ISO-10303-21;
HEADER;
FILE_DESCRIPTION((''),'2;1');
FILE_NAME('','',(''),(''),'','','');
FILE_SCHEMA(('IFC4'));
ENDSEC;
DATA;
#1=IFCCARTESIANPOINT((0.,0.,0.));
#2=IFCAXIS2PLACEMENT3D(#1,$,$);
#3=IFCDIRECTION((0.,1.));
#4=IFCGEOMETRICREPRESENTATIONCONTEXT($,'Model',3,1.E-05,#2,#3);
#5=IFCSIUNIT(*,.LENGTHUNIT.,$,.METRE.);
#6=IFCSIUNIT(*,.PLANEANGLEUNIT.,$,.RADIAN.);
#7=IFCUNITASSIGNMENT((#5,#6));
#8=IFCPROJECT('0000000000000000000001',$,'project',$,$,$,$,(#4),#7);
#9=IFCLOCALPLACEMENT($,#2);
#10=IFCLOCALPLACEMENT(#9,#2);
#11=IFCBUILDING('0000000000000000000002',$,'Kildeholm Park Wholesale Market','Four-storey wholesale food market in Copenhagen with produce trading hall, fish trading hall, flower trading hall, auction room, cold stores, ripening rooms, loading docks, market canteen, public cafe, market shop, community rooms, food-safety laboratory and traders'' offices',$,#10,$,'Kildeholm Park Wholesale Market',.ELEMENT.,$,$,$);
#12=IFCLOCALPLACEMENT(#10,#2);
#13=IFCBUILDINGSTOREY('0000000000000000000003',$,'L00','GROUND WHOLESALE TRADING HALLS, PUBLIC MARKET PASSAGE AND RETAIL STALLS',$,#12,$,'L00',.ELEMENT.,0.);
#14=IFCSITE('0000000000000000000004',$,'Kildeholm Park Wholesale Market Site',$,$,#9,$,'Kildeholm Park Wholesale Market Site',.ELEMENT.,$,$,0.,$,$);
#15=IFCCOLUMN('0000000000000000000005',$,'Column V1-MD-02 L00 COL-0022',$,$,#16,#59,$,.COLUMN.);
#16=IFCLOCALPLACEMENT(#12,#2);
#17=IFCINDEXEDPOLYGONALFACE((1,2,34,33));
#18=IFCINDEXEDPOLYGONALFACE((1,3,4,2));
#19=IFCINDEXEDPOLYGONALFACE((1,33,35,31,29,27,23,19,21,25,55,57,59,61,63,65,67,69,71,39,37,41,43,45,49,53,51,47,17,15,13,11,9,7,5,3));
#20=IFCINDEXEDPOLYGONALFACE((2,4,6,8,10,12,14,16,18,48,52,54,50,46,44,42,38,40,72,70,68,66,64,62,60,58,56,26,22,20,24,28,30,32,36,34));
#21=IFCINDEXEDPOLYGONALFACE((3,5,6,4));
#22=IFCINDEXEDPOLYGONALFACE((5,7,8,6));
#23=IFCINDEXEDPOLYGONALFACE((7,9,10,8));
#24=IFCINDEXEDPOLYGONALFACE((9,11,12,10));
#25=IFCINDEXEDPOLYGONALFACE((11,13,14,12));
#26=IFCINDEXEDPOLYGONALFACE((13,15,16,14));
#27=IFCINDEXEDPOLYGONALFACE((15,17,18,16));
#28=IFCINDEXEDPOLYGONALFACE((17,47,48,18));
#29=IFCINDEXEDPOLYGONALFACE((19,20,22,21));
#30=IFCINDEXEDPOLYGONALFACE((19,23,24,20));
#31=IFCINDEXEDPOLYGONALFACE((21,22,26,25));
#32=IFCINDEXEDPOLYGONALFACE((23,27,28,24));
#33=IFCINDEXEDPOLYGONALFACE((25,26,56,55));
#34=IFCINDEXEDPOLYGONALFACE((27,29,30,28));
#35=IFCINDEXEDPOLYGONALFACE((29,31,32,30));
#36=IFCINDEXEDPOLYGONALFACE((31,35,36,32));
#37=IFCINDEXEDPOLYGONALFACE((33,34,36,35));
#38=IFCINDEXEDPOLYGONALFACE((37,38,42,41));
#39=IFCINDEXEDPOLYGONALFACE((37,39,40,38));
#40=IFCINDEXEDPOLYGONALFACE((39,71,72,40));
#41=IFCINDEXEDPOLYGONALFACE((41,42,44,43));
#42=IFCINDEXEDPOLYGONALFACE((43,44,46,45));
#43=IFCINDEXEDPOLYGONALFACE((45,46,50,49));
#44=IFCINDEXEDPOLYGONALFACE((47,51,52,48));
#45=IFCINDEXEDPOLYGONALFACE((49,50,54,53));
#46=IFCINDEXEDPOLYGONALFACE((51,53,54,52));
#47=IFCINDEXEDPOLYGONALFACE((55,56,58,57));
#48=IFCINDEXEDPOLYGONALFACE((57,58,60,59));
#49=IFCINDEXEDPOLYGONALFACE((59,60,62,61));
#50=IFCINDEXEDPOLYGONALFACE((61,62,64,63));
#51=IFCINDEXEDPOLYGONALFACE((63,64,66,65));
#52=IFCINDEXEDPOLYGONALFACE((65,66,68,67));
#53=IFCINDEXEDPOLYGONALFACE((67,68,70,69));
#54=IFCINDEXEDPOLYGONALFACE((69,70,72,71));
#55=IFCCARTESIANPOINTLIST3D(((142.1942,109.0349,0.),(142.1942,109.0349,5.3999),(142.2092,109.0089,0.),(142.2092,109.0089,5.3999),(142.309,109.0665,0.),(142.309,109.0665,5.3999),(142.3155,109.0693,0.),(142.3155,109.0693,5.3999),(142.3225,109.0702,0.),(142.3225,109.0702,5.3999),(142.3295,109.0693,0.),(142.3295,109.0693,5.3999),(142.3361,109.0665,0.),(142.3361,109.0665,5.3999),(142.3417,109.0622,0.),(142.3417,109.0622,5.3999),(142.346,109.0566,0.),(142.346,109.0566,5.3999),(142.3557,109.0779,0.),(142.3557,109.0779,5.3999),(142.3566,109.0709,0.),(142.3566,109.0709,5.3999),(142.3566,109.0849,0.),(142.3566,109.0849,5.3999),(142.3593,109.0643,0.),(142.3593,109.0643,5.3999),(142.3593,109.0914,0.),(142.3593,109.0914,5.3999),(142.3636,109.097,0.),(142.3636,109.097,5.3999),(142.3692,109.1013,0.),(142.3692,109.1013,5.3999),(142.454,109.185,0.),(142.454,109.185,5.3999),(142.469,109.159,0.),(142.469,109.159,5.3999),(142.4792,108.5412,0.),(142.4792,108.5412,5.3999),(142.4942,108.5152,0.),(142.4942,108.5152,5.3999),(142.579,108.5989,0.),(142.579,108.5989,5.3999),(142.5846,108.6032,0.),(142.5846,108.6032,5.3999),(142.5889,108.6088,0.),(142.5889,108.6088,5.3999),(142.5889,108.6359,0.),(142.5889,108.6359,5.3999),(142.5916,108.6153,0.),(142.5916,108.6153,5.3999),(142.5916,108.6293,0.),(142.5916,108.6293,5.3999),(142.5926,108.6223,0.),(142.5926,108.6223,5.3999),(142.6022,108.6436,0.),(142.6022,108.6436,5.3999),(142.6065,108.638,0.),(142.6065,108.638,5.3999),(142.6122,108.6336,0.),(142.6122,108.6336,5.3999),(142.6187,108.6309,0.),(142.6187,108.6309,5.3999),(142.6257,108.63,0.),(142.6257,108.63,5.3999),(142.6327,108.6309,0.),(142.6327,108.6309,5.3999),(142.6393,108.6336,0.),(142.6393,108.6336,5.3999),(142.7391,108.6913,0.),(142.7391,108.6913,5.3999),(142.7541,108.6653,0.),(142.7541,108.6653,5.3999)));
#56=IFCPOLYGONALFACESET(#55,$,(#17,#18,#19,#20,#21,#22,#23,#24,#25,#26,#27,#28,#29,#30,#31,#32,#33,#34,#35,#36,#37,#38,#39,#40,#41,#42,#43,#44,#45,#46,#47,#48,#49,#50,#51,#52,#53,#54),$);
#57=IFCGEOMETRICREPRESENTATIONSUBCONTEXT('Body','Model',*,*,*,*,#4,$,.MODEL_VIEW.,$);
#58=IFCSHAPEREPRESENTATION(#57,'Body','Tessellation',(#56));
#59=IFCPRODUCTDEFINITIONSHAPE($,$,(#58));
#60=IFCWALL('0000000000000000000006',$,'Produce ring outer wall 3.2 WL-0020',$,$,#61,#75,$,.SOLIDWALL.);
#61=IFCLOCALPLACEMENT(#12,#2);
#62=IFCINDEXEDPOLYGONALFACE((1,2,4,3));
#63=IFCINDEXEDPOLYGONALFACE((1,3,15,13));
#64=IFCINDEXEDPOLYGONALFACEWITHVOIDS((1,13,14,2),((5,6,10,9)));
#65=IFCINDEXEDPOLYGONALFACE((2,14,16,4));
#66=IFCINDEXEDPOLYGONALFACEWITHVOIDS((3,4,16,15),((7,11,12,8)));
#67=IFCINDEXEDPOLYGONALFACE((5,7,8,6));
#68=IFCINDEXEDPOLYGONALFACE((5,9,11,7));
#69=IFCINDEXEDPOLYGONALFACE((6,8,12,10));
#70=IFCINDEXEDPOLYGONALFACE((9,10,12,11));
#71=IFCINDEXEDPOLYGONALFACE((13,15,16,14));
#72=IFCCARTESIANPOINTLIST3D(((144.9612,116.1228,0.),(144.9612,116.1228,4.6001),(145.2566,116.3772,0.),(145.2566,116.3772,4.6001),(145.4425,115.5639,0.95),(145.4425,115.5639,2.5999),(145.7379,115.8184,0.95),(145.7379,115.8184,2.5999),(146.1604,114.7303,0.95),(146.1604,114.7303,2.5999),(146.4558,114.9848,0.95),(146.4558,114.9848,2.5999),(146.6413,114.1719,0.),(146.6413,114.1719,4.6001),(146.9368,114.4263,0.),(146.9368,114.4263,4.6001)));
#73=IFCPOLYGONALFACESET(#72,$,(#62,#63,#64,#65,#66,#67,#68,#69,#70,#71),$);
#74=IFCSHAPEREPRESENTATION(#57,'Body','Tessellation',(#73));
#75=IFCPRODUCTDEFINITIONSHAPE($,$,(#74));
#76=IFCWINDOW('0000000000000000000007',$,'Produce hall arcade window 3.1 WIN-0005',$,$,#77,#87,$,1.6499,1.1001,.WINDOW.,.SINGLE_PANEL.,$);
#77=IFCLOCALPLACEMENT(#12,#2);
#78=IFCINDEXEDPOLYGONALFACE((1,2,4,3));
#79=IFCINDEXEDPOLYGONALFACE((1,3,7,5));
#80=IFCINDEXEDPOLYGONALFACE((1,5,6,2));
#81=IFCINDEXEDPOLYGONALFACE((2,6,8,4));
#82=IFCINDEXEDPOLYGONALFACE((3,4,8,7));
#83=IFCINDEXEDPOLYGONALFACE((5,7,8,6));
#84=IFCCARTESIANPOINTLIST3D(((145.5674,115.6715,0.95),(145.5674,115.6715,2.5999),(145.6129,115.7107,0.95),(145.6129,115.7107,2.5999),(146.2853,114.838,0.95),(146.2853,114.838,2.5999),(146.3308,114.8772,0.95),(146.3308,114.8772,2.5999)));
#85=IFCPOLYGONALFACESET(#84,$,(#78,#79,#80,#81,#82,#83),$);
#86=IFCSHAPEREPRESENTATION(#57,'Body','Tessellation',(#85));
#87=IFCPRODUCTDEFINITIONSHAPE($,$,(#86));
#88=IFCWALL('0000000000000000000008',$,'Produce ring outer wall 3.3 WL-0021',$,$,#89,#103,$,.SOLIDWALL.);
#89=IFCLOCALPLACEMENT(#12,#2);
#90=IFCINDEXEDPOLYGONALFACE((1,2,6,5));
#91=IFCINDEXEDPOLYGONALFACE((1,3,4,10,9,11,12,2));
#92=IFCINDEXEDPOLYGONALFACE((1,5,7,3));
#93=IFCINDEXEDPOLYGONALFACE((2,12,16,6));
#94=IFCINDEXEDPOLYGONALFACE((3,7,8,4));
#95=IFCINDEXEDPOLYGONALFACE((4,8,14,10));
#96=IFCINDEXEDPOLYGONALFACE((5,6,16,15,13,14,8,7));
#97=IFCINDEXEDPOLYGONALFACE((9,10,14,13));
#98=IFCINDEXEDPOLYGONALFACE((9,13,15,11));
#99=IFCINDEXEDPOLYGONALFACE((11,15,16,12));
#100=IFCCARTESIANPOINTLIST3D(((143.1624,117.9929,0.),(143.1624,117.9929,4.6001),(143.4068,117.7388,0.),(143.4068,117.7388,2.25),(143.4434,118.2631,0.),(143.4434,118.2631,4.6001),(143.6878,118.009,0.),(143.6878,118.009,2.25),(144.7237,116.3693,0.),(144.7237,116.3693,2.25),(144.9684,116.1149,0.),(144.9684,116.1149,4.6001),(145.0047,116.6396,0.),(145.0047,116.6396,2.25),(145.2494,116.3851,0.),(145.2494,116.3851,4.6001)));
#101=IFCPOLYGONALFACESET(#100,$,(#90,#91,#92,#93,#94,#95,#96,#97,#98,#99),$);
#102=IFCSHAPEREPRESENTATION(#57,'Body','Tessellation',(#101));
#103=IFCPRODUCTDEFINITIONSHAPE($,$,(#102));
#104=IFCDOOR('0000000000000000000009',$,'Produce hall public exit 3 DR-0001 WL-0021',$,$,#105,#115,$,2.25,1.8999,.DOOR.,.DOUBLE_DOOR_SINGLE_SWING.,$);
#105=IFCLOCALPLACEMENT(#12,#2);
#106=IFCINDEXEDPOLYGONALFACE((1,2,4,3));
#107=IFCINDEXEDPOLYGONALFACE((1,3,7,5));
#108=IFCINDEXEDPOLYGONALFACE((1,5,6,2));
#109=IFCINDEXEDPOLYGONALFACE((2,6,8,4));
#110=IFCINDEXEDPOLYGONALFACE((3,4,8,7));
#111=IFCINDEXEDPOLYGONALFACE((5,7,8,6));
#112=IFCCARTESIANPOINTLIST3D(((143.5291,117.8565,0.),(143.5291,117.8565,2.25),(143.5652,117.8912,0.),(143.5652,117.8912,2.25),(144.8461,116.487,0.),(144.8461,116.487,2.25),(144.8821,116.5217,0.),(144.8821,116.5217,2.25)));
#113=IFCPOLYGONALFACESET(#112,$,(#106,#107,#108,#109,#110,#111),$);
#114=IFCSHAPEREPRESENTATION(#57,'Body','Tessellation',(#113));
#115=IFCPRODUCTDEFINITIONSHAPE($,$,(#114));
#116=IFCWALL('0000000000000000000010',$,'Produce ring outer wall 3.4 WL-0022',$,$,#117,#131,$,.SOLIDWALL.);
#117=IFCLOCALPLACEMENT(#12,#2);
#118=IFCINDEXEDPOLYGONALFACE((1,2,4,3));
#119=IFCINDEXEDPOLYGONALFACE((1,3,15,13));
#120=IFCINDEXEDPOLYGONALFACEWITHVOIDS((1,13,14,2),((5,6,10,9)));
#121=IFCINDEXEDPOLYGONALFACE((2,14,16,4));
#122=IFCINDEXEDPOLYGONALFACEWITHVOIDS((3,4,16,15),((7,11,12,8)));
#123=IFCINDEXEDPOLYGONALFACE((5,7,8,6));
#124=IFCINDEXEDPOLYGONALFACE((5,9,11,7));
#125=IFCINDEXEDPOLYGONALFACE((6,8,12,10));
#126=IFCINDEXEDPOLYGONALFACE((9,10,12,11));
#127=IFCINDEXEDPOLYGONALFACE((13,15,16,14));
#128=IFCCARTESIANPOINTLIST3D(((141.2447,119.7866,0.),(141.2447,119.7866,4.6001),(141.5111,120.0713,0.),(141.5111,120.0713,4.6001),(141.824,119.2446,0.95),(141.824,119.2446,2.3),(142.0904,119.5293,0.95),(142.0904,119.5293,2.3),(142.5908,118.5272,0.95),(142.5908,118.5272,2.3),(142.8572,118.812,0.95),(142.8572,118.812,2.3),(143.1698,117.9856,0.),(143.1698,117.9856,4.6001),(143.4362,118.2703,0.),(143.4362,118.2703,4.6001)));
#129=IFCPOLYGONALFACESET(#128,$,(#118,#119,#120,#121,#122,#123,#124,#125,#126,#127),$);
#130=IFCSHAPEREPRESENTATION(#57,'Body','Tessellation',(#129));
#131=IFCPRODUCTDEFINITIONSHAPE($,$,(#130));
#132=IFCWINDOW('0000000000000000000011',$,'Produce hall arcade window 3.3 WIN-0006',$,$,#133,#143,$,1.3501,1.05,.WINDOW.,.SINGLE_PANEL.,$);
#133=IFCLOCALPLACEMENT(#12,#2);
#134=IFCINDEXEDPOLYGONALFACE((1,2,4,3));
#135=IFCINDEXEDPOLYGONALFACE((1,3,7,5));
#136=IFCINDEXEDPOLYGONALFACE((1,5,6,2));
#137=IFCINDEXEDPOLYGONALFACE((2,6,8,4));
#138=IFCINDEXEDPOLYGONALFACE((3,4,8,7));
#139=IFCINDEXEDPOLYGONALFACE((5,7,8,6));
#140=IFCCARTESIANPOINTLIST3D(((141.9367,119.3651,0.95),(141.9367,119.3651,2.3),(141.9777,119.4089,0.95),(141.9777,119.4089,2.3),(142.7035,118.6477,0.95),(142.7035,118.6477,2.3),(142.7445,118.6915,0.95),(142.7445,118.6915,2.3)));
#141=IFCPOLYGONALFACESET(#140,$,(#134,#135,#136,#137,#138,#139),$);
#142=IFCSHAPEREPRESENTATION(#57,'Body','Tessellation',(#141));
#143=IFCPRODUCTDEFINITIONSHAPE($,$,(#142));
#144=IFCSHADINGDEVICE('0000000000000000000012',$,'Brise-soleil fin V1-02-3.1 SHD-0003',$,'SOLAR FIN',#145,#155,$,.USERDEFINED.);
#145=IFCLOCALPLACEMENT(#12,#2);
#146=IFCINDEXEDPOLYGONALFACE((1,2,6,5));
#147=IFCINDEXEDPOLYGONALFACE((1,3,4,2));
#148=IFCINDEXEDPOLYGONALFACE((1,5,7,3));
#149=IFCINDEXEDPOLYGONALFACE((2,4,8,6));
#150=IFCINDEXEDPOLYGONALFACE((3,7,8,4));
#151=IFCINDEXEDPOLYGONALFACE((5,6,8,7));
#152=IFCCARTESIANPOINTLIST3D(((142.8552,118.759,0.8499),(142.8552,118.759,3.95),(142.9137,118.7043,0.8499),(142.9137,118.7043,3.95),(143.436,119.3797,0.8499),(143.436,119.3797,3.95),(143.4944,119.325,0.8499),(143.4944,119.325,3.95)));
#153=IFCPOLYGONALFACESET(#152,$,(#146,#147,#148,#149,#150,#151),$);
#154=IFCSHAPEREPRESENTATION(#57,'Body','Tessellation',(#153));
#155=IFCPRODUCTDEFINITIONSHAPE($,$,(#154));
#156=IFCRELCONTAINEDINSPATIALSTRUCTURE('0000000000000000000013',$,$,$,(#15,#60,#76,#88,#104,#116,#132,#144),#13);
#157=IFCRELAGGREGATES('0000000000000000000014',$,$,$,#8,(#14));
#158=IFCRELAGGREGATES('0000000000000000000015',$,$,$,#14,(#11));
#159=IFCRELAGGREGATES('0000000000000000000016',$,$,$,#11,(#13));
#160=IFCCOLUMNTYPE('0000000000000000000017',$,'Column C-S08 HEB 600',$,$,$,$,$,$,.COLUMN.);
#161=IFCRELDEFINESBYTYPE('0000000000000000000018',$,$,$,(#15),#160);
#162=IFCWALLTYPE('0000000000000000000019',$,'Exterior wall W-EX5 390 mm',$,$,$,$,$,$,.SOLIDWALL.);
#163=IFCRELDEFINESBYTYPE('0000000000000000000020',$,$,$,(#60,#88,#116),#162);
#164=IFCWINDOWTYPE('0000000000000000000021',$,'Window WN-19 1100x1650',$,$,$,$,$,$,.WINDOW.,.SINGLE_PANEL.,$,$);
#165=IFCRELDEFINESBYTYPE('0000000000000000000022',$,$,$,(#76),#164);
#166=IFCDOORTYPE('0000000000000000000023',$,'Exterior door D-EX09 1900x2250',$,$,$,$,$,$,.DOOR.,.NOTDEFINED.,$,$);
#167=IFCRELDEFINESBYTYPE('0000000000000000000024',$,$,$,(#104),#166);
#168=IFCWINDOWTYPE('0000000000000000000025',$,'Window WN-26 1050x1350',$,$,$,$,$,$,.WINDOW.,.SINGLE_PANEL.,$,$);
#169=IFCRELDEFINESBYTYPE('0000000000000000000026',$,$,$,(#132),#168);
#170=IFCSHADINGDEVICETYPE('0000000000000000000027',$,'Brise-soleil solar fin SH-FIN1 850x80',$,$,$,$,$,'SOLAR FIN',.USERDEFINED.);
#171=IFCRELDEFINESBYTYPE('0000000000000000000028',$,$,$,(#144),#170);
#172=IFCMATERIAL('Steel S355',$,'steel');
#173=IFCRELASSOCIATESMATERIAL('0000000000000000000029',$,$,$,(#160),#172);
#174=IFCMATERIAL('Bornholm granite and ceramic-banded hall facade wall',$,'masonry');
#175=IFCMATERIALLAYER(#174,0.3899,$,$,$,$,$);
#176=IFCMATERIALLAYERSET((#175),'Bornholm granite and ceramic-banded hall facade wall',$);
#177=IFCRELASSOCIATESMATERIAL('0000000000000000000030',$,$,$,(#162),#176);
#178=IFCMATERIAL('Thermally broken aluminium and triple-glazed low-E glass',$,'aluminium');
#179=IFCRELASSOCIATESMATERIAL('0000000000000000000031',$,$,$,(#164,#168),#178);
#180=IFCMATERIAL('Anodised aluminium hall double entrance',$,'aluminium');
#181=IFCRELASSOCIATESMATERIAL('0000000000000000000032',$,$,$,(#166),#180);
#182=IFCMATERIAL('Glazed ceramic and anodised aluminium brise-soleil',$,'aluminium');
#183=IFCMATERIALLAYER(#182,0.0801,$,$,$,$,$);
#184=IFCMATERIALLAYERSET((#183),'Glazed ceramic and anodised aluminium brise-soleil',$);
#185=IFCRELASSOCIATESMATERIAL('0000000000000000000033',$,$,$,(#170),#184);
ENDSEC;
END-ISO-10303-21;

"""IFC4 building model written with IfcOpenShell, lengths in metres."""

from ifc_helpers import new_model, si_unit, direction, frame, frame_2d, origin, origin_2d, place, context, subcontext, project, spatial, rectangle, i_section, extrude, material, layer, layer_set, material_profile, profile_set, type_object, element, fill, save


model = new_model("IFC4")

# Units and contexts
model_context = context("Model", 3, precision=1e-05, world=origin(), true_north=direction((0.0, 1.0)))
body_context = subcontext(model_context, "Body", "Model", "MODEL_VIEW")
ifc_project = project(units=[si_unit("LENGTHUNIT", "METRE"), si_unit("PLANEANGLEUNIT", "RADIAN")], contexts=[model_context])

# Site, building, storey
site_placement = place(None, origin())
site = spatial("IfcSite", under=ifc_project, at=site_placement, Name="Kildeholm Park Wholesale Market Site", LongName="Kildeholm Park Wholesale Market Site", CompositionType="ELEMENT", RefElevation=0.0)
building_placement = place(site_placement, origin())
building = spatial("IfcBuilding", under=site, at=building_placement, Name="Kildeholm Park Wholesale Market", Description="Four-storey wholesale food market in Copenhagen with produce trading hall, fish trading hall, flower trading hall, auction room, cold stores, ripening rooms, loading docks, market canteen, public cafe, market shop, community rooms, food-safety laboratory and traders' offices", LongName="Kildeholm Park Wholesale Market", CompositionType="ELEMENT")
storey_placement = place(building_placement, origin())
storey = spatial("IfcBuildingStorey", under=building, at=storey_placement, Name="L00", Description="GROUND WHOLESALE TRADING HALLS, PUBLIC MARKET PASSAGE AND RETAIL STALLS", LongName="L00", CompositionType="ELEMENT", Elevation=0.0)

# Column
ifc_material_1 = material(Name="Steel S355", Category="steel")
ifc_material_profile_1 = material_profile(ifc_material_1, i_section(OverallWidth=0.3, OverallDepth=0.6001, WebThickness=0.0154, FlangeThickness=0.03, FilletRadius=0.0271, at=origin_2d()), Name="HEB 600")
ifc_profile_set_1 = profile_set([ifc_material_profile_1], Name="Steel S355")
column_type = type_object("IfcColumnType", Name="Column C-S08 HEB 600", PredefinedType="COLUMN", material=ifc_profile_set_1)
column_placement = place(storey_placement, frame((142.4741, 108.8501, 0.0), z_axis=(0.0, 0.0, 1.0), x_axis=(0.866025, 0.5, 0.0)))
element("IfcColumn", 1, at=column_placement, inside=storey, type_object=column_type, Name="Column V1-MD-02 L00 COL-0022", PredefinedType="COLUMN", context=body_context, shape_type="SweptSolid", body=[
    extrude(i_section(OverallWidth=0.3, OverallDepth=0.6001, WebThickness=0.0154, FlangeThickness=0.03, FilletRadius=0.0271, at=origin_2d()), origin(), (0.0, 0.0, 1.0), 5.3999),
])

# Wall, opening, window
ifc_material_2 = material(Name="Bornholm granite and ceramic-banded hall facade wall", Category="masonry")
ifc_layer_1 = layer(ifc_material_2, 0.3899)
ifc_layer_set_1 = layer_set([ifc_layer_1], Name="Bornholm granite and ceramic-banded hall facade wall")
wall_type = type_object("IfcWallType", Name="Exterior wall W-EX5 390 mm", PredefinedType="SOLIDWALL", material=ifc_layer_set_1)
wall_1_placement = place(storey_placement, frame((146.7891, 114.2991, 0.0), z_axis=(0.0, 0.0, 1.0), x_axis=(-0.65257, 0.757728, 0.0)))
wall_1 = element("IfcWall", 2, at=wall_1_placement, inside=storey, type_object=wall_type, Name="Produce ring outer wall 3.2 WL-0020", PredefinedType="SOLIDWALL", context=body_context, shape_type="SweptSolid", body=[
    extrude(rectangle(XDim=2.5747, YDim=0.3899, at=frame_2d((1.2874, 0.0))), origin(), (0.0, 0.0, 1.0), 4.6001),
])
opening_1_placement = place(wall_1_placement, frame((0.7371, 0.0, 0.95)))
opening_1 = element("IfcOpeningElement", 3, at=opening_1_placement, cuts=wall_1, PredefinedType="OPENING", context=body_context, shape_type="SweptSolid", body=[
    extrude(rectangle(XDim=1.1001, YDim=1.6499, at=frame_2d((0.55, 0.825))), frame((0.0, 0.2048, 0.0), z_axis=(0.0, -1.0, 0.0), x_axis=(1.0, 0.0, 0.0)), (0.0, 0.0, 1.0), 0.4099),
])
ifc_material_3 = material(Name="Thermally broken aluminium and triple-glazed low-E glass", Category="aluminium")
window_type_1 = type_object("IfcWindowType", Name="Window WN-19 1100x1650", PartitioningType="SINGLE_PANEL", PredefinedType="WINDOW", material=ifc_material_3)
window_1_placement = place(opening_1_placement, origin())
window_1 = element("IfcWindow", 4, at=window_1_placement, inside=storey, type_object=window_type_1, Name="Produce hall arcade window 3.1 WIN-0005", OverallHeight=1.6499, OverallWidth=1.1001, PartitioningType="SINGLE_PANEL", PredefinedType="WINDOW", context=body_context, shape_type="SweptSolid", body=[
    extrude(rectangle(XDim=1.1001, YDim=1.6499, at=frame_2d((0.55, 0.825))), frame((0.0, 0.03, 0.0), z_axis=(0.0, -1.0, 0.0), x_axis=(1.0, 0.0, 0.0)), (0.0, 0.0, 1.0), 0.0601),
])
fill(opening_1, window_1)

# Wall, opening, door
wall_2_placement = place(storey_placement, frame((145.1089, 116.25, 0.0), z_axis=(0.0, 0.0, 1.0), x_axis=(-0.69315, 0.720793, 0.0)))
wall_2 = element("IfcWall", 5, at=wall_2_placement, inside=storey, type_object=wall_type, Name="Produce ring outer wall 3.3 WL-0021", PredefinedType="SOLIDWALL", context=body_context, shape_type="SweptSolid", body=[
    extrude(rectangle(XDim=2.6055, YDim=0.3899, at=frame_2d((1.3027, 0.0))), origin(), (0.0, 0.0, 1.0), 4.6001),
])
opening_2_placement = place(wall_2_placement, frame((0.353, 0.0, 0.0)))
opening_2 = element("IfcOpeningElement", 6, at=opening_2_placement, cuts=wall_2, PredefinedType="OPENING", context=body_context, shape_type="SweptSolid", body=[
    extrude(rectangle(XDim=1.8999, YDim=2.25, at=frame_2d((0.95, 1.125))), frame((0.0, 0.2048, 0.0), z_axis=(0.0, -1.0, 0.0), x_axis=(1.0, 0.0, 0.0)), (0.0, 0.0, 1.0), 0.4099),
])
ifc_material_4 = material(Name="Anodised aluminium hall double entrance", Category="aluminium")
door_type = type_object("IfcDoorType", Name="Exterior door D-EX09 1900x2250", OperationType="NOTDEFINED", PredefinedType="DOOR", material=ifc_material_4)
door_placement = place(opening_2_placement, frame((1.8999, 0.0, 0.0), z_axis=(0.0, 0.0, 1.0), x_axis=(-1.0, 0.0, 0.0)))
door = element("IfcDoor", 7, at=door_placement, inside=storey, type_object=door_type, Name="Produce hall public exit 3 DR-0001 WL-0021", OperationType="DOUBLE_DOOR_SINGLE_SWING", OverallHeight=2.25, OverallWidth=1.8999, PredefinedType="DOOR", context=body_context, shape_type="SweptSolid", body=[
    extrude(rectangle(XDim=1.8999, YDim=2.25, at=frame_2d((0.95, 1.125))), frame((0.0, 0.0249, 0.0), z_axis=(0.0, -1.0, 0.0), x_axis=(1.0, 0.0, 0.0)), (0.0, 0.0, 1.0), 0.05),
])
fill(opening_2, door)

# Wall, opening, window
wall_3_placement = place(storey_placement, frame((143.303, 118.1279, 0.0), z_axis=(0.0, 0.0, 1.0), x_axis=(-0.730239, 0.683192, 0.0)))
wall_3 = element("IfcWall", 8, at=wall_3_placement, inside=storey, type_object=wall_type, Name="Produce ring outer wall 3.4 WL-0022", PredefinedType="SOLIDWALL", context=body_context, shape_type="SweptSolid", body=[
    extrude(rectangle(XDim=2.6362, YDim=0.3899, at=frame_2d((1.3181, 0.0))), origin(), (0.0, 0.0, 1.0), 4.6001),
])
opening_3_placement = place(wall_3_placement, frame((0.793, 0.0, 0.95)))
opening_3 = element("IfcOpeningElement", 9, at=opening_3_placement, cuts=wall_3, PredefinedType="OPENING", context=body_context, shape_type="SweptSolid", body=[
    extrude(rectangle(XDim=1.05, YDim=1.3501, at=frame_2d((0.5249, 0.675))), frame((0.0, 0.2048, 0.0), z_axis=(0.0, -1.0, 0.0), x_axis=(1.0, 0.0, 0.0)), (0.0, 0.0, 1.0), 0.4099),
])
window_type_2 = type_object("IfcWindowType", Name="Window WN-26 1050x1350", PartitioningType="SINGLE_PANEL", PredefinedType="WINDOW", material=ifc_material_3)
window_2_placement = place(opening_3_placement, origin())
window_2 = element("IfcWindow", 10, at=window_2_placement, inside=storey, type_object=window_type_2, Name="Produce hall arcade window 3.3 WIN-0006", OverallHeight=1.3501, OverallWidth=1.05, PartitioningType="SINGLE_PANEL", PredefinedType="WINDOW", context=body_context, shape_type="SweptSolid", body=[
    extrude(rectangle(XDim=1.05, YDim=1.3501, at=frame_2d((0.5249, 0.675))), frame((0.0, 0.03, 0.0), z_axis=(0.0, -1.0, 0.0), x_axis=(1.0, 0.0, 0.0)), (0.0, 0.0, 1.0), 0.0601),
])
fill(opening_3, window_2)

# Shading device
ifc_material_5 = material(Name="Glazed ceramic and anodised aluminium brise-soleil", Category="aluminium")
ifc_layer_2 = layer(ifc_material_5, 0.0801)
ifc_layer_set_2 = layer_set([ifc_layer_2], Name="Glazed ceramic and anodised aluminium brise-soleil")
shading_device_type = type_object("IfcShadingDeviceType", Name="Brise-soleil solar fin SH-FIN1 850x80", ElementType="SOLAR FIN", PredefinedType="USERDEFINED", material=ifc_layer_set_2)
shading_device_placement = place(storey_placement, frame((143.1748, 119.042, 0.8499), z_axis=(0.0, 0.0, 1.0), x_axis=(0.683197, 0.730234, 0.0)))
element("IfcShadingDevice", 11, at=shading_device_placement, inside=storey, type_object=shading_device_type, Name="Brise-soleil fin V1-02-3.1 SHD-0003", ObjectType="SOLAR FIN", PredefinedType="USERDEFINED", context=body_context, shape_type="SweptSolid", body=[
    extrude(rectangle(XDim=0.8501, YDim=0.0801, at=origin_2d()), origin(), (0.0, 0.0, 1.0), 3.1001),
])

save(model, "model.ifc")
